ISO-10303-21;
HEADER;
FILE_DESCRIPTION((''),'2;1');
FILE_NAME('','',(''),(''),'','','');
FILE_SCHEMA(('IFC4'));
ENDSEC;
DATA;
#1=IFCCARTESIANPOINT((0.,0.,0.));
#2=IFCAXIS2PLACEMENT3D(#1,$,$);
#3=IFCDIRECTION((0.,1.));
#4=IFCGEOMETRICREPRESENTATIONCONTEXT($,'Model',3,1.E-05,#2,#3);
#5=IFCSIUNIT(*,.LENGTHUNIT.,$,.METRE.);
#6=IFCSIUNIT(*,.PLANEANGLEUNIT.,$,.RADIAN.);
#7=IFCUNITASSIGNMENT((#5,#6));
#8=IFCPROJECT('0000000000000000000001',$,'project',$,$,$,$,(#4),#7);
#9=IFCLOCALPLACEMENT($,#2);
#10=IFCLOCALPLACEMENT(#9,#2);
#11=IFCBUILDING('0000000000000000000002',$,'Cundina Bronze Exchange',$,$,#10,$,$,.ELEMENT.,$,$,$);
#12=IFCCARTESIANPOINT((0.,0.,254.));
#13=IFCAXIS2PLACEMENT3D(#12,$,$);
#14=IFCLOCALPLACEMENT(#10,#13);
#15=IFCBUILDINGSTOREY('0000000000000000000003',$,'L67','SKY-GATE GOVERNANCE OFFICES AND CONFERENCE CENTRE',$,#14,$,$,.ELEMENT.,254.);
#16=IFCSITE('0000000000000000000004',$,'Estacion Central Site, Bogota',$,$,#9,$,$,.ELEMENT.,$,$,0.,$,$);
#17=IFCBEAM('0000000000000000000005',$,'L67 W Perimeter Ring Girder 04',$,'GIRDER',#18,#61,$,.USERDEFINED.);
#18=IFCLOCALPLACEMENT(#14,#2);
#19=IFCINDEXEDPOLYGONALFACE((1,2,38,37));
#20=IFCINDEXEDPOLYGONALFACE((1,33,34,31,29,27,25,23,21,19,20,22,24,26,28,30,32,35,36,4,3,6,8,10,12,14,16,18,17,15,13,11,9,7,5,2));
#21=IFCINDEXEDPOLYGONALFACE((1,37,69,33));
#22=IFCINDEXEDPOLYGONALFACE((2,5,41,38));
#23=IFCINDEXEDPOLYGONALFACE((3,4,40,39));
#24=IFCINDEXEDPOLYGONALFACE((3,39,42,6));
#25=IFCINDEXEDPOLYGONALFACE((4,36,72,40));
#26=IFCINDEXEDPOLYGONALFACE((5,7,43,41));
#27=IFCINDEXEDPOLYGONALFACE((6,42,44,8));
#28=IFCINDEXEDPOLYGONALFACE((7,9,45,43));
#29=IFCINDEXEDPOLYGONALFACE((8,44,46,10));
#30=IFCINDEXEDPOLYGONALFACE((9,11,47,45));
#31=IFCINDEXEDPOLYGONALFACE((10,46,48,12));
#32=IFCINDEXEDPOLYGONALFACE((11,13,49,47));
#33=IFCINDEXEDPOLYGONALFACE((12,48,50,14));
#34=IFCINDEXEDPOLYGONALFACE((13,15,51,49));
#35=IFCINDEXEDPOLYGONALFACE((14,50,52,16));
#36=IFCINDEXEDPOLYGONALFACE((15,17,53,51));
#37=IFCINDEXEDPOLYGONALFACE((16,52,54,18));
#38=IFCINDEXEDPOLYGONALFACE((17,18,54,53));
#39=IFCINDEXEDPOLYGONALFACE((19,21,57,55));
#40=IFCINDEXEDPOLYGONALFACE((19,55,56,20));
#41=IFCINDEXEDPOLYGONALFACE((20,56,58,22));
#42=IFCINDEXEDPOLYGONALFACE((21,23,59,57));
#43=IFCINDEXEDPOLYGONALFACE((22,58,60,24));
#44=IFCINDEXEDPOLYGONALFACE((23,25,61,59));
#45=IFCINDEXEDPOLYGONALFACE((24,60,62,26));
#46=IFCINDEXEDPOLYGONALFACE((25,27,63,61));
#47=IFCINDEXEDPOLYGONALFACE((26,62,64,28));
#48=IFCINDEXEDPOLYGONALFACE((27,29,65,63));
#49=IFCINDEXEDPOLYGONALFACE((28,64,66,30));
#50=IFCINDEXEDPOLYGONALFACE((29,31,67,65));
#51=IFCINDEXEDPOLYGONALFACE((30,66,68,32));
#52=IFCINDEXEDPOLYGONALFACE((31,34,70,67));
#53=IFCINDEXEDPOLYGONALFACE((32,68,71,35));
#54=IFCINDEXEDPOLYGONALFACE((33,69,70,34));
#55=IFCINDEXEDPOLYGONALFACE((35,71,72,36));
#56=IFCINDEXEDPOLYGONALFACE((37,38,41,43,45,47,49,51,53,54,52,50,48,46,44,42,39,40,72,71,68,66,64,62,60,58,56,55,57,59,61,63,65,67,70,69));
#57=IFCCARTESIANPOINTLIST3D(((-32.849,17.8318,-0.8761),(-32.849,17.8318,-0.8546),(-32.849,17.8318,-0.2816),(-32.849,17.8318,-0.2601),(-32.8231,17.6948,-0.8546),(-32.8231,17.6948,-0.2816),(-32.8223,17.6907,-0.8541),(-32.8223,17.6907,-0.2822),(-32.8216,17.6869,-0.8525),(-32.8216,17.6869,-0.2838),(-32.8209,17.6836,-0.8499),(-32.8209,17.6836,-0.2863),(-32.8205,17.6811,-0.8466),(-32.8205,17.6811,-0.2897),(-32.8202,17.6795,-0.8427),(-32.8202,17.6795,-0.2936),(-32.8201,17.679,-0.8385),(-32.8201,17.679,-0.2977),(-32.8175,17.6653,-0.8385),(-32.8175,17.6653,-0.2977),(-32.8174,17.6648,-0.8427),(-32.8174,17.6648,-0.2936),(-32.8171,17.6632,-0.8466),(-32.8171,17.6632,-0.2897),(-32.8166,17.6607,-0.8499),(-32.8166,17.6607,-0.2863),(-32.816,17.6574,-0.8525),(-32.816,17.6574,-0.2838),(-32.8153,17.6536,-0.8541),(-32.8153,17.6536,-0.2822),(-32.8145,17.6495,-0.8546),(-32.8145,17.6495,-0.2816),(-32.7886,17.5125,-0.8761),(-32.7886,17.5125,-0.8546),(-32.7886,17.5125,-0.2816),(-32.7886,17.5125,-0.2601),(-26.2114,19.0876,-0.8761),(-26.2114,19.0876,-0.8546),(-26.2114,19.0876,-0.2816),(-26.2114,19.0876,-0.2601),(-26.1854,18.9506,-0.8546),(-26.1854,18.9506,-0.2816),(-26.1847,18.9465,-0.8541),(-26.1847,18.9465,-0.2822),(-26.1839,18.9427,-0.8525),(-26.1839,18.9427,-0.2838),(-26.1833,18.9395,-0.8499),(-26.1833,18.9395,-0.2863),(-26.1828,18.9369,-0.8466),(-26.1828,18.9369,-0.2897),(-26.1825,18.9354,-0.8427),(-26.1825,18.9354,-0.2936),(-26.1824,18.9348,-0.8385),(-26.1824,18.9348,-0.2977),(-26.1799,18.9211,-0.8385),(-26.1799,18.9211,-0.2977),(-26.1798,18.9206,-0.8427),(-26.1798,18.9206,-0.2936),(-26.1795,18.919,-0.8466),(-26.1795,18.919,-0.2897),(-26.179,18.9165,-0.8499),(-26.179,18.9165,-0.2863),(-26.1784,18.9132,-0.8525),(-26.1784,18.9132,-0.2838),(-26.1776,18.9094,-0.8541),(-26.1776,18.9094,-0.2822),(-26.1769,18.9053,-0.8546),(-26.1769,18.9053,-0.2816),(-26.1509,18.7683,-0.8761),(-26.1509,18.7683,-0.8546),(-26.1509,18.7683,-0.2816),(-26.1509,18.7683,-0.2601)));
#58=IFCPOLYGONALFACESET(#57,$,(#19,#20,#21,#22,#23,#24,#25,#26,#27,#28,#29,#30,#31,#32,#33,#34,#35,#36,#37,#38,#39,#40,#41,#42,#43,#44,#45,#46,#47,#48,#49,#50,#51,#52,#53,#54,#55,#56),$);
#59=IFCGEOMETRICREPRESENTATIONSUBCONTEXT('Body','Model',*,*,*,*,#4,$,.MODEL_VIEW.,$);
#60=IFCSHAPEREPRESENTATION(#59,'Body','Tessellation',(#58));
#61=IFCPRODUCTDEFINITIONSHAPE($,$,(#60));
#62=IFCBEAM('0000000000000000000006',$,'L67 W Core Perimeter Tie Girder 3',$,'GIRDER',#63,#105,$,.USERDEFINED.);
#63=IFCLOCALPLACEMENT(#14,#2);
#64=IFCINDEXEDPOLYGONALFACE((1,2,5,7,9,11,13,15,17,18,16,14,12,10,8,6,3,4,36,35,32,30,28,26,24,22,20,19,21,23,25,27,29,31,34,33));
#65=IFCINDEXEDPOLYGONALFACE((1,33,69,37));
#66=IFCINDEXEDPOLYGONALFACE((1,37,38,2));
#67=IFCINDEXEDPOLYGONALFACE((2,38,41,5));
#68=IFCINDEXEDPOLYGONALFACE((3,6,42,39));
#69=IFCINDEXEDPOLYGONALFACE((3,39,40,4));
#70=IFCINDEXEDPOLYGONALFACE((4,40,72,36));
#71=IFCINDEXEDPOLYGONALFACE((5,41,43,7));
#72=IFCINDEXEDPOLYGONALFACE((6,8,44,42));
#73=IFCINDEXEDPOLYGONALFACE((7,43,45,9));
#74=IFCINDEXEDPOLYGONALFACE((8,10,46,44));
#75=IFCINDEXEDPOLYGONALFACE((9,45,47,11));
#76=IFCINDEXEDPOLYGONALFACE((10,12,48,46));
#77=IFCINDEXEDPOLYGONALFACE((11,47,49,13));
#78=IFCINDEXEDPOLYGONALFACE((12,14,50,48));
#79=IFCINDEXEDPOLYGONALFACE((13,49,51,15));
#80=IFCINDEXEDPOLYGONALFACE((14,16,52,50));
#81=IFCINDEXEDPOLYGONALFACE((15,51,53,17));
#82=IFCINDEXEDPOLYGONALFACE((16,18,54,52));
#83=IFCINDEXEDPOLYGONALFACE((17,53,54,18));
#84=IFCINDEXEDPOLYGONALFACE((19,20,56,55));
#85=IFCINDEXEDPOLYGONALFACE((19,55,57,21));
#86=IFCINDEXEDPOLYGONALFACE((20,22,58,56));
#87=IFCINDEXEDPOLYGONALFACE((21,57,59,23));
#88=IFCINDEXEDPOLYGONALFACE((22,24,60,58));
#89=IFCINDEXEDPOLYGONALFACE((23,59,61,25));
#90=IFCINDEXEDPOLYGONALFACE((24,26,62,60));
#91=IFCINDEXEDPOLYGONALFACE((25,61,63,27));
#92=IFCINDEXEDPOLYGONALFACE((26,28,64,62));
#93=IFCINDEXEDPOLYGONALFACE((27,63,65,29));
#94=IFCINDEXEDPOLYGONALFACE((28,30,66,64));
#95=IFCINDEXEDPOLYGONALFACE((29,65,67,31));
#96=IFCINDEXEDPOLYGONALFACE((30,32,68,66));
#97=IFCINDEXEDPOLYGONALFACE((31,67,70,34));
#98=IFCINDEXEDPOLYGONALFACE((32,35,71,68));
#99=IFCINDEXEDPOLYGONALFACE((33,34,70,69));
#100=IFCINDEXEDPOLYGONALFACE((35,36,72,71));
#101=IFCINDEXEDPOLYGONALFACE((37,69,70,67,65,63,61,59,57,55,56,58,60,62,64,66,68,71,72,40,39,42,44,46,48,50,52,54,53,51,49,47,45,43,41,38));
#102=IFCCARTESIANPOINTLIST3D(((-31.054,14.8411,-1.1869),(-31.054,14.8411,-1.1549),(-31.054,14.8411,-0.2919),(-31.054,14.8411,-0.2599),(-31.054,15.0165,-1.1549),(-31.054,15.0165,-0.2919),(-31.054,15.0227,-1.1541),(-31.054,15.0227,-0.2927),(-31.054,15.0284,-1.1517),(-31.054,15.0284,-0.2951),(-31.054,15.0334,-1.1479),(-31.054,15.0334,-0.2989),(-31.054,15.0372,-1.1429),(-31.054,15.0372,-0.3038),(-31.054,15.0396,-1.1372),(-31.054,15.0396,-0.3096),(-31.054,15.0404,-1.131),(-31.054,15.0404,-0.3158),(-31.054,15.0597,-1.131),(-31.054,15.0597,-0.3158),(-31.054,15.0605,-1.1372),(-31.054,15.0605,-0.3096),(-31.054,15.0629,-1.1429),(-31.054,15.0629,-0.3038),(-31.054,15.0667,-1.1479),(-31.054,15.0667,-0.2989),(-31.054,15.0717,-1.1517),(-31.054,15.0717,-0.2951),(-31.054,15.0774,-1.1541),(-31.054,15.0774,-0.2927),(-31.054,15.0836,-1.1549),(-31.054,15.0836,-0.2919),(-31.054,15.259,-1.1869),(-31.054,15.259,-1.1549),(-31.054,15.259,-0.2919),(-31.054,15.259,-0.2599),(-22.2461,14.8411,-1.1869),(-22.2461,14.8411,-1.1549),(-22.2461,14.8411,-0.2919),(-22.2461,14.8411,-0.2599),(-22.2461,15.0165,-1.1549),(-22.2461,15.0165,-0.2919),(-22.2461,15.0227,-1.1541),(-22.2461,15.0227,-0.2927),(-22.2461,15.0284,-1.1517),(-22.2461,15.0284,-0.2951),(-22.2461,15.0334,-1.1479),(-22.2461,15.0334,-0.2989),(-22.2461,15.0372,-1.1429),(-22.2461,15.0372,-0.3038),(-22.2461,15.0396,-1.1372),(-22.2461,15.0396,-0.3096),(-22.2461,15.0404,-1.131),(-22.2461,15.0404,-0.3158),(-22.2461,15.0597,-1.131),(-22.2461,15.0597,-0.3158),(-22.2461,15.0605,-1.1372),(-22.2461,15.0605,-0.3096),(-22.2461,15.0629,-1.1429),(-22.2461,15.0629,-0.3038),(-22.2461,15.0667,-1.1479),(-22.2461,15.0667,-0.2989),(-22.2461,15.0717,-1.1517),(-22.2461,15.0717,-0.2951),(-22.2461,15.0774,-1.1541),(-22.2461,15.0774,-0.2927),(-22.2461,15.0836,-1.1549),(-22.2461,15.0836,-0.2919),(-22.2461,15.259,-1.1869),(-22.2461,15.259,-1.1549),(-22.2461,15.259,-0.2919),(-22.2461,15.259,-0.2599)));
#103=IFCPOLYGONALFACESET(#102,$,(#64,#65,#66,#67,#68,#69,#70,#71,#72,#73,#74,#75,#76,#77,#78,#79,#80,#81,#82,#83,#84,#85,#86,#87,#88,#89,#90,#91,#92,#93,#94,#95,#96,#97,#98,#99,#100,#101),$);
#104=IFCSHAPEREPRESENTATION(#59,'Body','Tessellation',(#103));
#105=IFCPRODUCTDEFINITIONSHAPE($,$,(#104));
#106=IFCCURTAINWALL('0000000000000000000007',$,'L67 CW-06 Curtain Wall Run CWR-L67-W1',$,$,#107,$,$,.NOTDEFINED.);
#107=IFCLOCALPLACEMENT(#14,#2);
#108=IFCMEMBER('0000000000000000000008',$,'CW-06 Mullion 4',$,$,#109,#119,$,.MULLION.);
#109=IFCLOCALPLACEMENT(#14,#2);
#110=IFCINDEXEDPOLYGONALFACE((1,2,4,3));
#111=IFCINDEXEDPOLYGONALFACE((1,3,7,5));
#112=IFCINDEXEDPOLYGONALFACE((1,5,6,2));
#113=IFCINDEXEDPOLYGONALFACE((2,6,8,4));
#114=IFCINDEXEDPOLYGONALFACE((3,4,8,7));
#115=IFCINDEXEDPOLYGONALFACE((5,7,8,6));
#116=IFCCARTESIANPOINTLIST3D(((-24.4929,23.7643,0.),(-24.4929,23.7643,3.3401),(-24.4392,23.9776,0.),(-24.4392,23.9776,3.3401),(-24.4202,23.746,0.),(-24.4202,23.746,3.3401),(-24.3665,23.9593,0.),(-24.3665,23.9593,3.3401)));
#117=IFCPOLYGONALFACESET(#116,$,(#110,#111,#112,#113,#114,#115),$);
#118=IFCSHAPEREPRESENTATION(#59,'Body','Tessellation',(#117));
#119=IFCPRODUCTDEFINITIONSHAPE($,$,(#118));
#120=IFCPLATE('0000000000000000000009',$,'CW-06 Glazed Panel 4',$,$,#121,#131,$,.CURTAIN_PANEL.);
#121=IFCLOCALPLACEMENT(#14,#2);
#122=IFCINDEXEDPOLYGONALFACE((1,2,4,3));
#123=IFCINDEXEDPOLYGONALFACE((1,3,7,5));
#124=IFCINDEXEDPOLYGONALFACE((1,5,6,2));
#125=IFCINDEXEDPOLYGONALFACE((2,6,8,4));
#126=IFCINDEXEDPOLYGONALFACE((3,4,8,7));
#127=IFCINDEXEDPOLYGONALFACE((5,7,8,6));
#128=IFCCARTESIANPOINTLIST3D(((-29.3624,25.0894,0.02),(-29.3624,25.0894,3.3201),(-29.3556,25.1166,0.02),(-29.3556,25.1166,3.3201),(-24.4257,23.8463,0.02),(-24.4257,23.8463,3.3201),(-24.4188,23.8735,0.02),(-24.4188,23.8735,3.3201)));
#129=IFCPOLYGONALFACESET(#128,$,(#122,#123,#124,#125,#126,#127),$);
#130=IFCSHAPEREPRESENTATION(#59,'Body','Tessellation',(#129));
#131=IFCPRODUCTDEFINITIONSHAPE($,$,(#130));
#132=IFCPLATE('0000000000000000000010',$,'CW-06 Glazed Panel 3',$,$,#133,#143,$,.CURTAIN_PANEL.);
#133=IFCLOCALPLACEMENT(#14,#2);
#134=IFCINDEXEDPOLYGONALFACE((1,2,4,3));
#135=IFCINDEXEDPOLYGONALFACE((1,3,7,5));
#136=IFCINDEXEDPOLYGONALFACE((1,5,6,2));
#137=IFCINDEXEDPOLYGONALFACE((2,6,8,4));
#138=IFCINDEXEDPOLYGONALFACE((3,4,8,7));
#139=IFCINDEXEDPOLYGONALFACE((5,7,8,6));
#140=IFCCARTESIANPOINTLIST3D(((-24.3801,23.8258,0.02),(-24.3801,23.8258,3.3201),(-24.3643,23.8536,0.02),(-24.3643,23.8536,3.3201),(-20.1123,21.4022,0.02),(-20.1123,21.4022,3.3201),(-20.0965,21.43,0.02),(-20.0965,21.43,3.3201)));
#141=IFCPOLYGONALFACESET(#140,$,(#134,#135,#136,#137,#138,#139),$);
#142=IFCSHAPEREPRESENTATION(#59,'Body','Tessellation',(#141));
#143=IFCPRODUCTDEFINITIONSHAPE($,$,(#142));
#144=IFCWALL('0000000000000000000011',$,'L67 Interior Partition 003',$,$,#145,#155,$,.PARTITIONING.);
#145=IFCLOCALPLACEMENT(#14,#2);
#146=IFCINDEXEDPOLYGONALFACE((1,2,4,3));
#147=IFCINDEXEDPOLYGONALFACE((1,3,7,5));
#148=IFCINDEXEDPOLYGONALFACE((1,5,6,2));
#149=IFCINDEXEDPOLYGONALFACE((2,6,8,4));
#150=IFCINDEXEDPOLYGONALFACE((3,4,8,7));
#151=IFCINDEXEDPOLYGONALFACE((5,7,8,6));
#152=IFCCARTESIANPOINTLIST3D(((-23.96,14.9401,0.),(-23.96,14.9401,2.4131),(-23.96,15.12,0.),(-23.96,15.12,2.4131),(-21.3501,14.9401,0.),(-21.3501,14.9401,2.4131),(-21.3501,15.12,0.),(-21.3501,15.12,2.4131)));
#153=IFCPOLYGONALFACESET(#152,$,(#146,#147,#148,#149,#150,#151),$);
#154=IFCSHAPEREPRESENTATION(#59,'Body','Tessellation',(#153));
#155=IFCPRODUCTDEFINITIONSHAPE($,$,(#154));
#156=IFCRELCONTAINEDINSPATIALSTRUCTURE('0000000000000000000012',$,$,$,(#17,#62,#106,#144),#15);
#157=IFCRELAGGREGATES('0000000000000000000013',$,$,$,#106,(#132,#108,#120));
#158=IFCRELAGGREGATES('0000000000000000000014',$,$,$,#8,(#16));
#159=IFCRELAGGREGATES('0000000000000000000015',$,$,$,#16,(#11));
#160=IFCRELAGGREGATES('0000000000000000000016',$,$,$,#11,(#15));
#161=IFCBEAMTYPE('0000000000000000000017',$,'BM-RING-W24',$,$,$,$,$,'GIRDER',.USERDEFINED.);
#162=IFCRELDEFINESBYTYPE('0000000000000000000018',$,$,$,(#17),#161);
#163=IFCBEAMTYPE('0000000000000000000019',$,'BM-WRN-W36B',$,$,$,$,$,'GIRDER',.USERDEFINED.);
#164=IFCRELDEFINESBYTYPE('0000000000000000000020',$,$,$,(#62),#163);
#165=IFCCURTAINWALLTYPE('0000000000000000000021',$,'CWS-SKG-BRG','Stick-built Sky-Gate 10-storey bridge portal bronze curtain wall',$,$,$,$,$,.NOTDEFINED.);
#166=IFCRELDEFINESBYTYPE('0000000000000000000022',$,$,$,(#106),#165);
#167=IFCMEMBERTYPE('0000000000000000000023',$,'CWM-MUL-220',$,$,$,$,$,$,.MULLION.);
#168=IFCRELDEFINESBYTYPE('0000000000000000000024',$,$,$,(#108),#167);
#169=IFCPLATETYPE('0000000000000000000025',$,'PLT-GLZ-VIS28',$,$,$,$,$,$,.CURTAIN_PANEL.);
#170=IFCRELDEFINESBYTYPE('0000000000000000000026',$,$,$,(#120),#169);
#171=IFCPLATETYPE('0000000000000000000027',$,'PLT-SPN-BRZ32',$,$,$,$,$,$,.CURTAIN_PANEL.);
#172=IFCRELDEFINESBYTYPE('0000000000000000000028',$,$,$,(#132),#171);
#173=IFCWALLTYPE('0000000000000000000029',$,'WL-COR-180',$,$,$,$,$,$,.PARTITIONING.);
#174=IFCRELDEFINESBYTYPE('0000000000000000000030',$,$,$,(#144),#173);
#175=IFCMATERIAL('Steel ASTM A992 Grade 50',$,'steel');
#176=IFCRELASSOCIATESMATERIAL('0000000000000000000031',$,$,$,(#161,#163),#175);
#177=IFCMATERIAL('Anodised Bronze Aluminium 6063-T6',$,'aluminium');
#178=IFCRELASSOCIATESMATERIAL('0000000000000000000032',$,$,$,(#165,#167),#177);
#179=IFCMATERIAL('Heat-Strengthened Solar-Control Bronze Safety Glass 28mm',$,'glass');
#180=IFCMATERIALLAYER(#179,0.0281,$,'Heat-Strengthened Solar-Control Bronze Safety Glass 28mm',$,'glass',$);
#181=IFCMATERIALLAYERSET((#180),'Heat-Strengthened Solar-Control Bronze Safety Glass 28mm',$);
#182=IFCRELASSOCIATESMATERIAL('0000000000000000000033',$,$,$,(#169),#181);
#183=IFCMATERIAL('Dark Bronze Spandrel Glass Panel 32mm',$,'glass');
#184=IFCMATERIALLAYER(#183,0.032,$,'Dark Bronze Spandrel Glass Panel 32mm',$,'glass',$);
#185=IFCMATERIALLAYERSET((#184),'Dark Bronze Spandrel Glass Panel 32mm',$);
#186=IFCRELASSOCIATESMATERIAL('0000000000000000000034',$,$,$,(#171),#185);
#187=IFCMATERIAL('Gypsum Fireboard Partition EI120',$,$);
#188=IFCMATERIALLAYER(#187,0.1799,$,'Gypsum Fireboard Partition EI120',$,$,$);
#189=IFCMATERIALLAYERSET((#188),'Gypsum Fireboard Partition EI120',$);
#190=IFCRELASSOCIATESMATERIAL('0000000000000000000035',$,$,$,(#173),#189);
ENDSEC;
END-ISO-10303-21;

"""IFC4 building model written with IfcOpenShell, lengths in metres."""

from ifc_helpers import new_model, si_unit, direction, frame, frame_2d, origin, origin_2d, place, context, subcontext, project, spatial, rectangle, i_section, extrude, material, layer, layer_set, material_profile, profile_set, type_object, element, aggregate, save


model = new_model("IFC4")

# Units and contexts
model_context = context("Model", 3, precision=1e-05, world=origin(), true_north=direction((0.0, 1.0)))
body_context = subcontext(model_context, "Body", "Model", "MODEL_VIEW")
ifc_project = project(units=[si_unit("LENGTHUNIT", "METRE"), si_unit("PLANEANGLEUNIT", "RADIAN")], contexts=[model_context])

# Site, building, storey
site_placement = place(None, origin())
site = spatial("IfcSite", under=ifc_project, at=site_placement, Name="Estacion Central Site, Bogota", CompositionType="ELEMENT", RefElevation=0.0)
building_placement = place(site_placement, origin())
building = spatial("IfcBuilding", under=site, at=building_placement, Name="Cundina Bronze Exchange", CompositionType="ELEMENT")
storey_placement = place(building_placement, frame((0.0, 0.0, 254.0)))
storey = spatial("IfcBuildingStorey", under=building, at=storey_placement, Name="L67", Description="SKY-GATE GOVERNANCE OFFICES AND CONFERENCE CENTRE", CompositionType="ELEMENT", Elevation=254.0)

# Shared definitions
ifc_material_1 = material(Name="Steel ASTM A992 Grade 50", Category="steel")

# Beams
ifc_material_profile_1 = material_profile(ifc_material_1, i_section(OverallWidth=0.325, OverallDepth=0.616, WebThickness=0.0139, FlangeThickness=0.0215, FilletRadius=0.0161, at=origin_2d()), Name="W24X117", Category="steel")
ifc_profile_set_1 = profile_set([ifc_material_profile_1], Name="Steel ASTM A992 Grade 50")
beam_type_1 = type_object("IfcBeamType", Name="BM-RING-W24", ElementType="GIRDER", PredefinedType="USERDEFINED", material=ifc_profile_set_1)
beam_1_placement = place(storey_placement, frame((-26.1812, 18.928, -0.5681), z_axis=(-0.982568, -0.185903, 0.0), x_axis=(0.185903, -0.982568, 0.0)))
element("IfcBeam", 1, at=beam_1_placement, inside=storey, type_object=beam_type_1, Name="L67 W Perimeter Ring Girder 04", ObjectType="GIRDER", PredefinedType="USERDEFINED", context=body_context, shape_type="SweptSolid", body=[
    extrude(i_section(OverallWidth=0.325, OverallDepth=0.616, WebThickness=0.0139, FlangeThickness=0.0215, FilletRadius=0.0161, at=origin_2d()), origin(), (0.0, 0.0, 1.0), 6.7554),
])
ifc_material_profile_2 = material_profile(ifc_material_1, i_section(OverallWidth=0.418, OverallDepth=0.927, WebThickness=0.0193, FlangeThickness=0.032, FilletRadius=0.0239, at=origin_2d()), Name="W36X231", Category="steel")
ifc_profile_set_2 = profile_set([ifc_material_profile_2], Name="Steel ASTM A992 Grade 50")
beam_type_2 = type_object("IfcBeamType", Name="BM-WRN-W36B", ElementType="GIRDER", PredefinedType="USERDEFINED", material=ifc_profile_set_2)
beam_2_placement = place(storey_placement, frame((-22.2461, 15.05, -0.7234), z_axis=(-1.0, 0.0, 0.0), x_axis=(0.0, -1.0, 0.0)))
element("IfcBeam", 2, at=beam_2_placement, inside=storey, type_object=beam_type_2, Name="L67 W Core Perimeter Tie Girder 3", ObjectType="GIRDER", PredefinedType="USERDEFINED", context=body_context, shape_type="SweptSolid", body=[
    extrude(i_section(OverallWidth=0.418, OverallDepth=0.927, WebThickness=0.0193, FlangeThickness=0.032, FilletRadius=0.0239, at=origin_2d()), origin(), (0.0, 0.0, 1.0), 8.8079),
])

# Curtain wall, member, plates
ifc_material_2 = material(Name="Anodised Bronze Aluminium 6063-T6", Category="aluminium")
curtain_wall_type = type_object("IfcCurtainWallType", Name="CWS-SKG-BRG", Description="Stick-built Sky-Gate 10-storey bridge portal bronze curtain wall", PredefinedType="NOTDEFINED", material=ifc_material_2)
curtain_wall_placement = place(storey_placement, origin())
curtain_wall = element("IfcCurtainWall", 3, at=curtain_wall_placement, inside=storey, type_object=curtain_wall_type, Name="L67 CW-06 Curtain Wall Run CWR-L67-W1", PredefinedType="NOTDEFINED")
ifc_material_profile_3 = material_profile(ifc_material_2, rectangle(XDim=0.075, YDim=0.22, at=origin_2d()), Name="AL75X220", Category="aluminium")
ifc_profile_set_3 = profile_set([ifc_material_profile_3], Name="Anodised Bronze Aluminium 6063-T6")
member_type = type_object("IfcMemberType", Name="CWM-MUL-220", PredefinedType="MULLION", material=ifc_profile_set_3)
member_placement = place(storey_placement, frame((-24.4297, 23.8618, 0.0), z_axis=(0.0, 0.0, 1.0), x_axis=(-0.969744, 0.244123, 0.0)))
member = element("IfcMember", 4, at=member_placement, type_object=member_type, Name="CW-06 Mullion 4", PredefinedType="MULLION", context=body_context, shape_type="SweptSolid", body=[
    extrude(rectangle(XDim=0.075, YDim=0.22, at=origin_2d()), origin(), (0.0, 0.0, 1.0), 3.3401),
])
ifc_material_3 = material(Name="Heat-Strengthened Solar-Control Bronze Safety Glass 28mm", Category="glass")
ifc_layer_1 = layer(ifc_material_3, 0.0281, Name="Heat-Strengthened Solar-Control Bronze Safety Glass 28mm", Category="glass")
ifc_layer_set_1 = layer_set([ifc_layer_1], Name="Heat-Strengthened Solar-Control Bronze Safety Glass 28mm")
plate_type_1 = type_object("IfcPlateType", Name="PLT-GLZ-VIS28", PredefinedType="CURTAIN_PANEL", material=ifc_layer_set_1)
plate_1_placement = place(storey_placement, frame((-26.8906, 24.4814, 0.02), z_axis=(0.0, 0.0, 1.0), x_axis=(-0.969732, 0.244174, 0.0)))
plate_1 = element("IfcPlate", 5, at=plate_1_placement, type_object=plate_type_1, Name="CW-06 Glazed Panel 4", PredefinedType="CURTAIN_PANEL", context=body_context, shape_type="SweptSolid", body=[
    extrude(rectangle(XDim=5.0908, YDim=0.0281, at=origin_2d()), origin(), (0.0, 0.0, 1.0), 3.3),
])
ifc_material_4 = material(Name="Dark Bronze Spandrel Glass Panel 32mm", Category="glass")
ifc_layer_2 = layer(ifc_material_4, 0.032, Name="Dark Bronze Spandrel Glass Panel 32mm", Category="glass")
ifc_layer_set_2 = layer_set([ifc_layer_2], Name="Dark Bronze Spandrel Glass Panel 32mm")
plate_type_2 = type_object("IfcPlateType", Name="PLT-SPN-BRZ32", PredefinedType="CURTAIN_PANEL", material=ifc_layer_set_2)
plate_2_placement = place(storey_placement, frame((-22.2383, 22.6279, 0.02), z_axis=(0.0, 0.0, 1.0), x_axis=(-0.869573, 0.493805, 0.0)))
plate_2 = element("IfcPlate", 6, at=plate_2_placement, type_object=plate_type_2, Name="CW-06 Glazed Panel 3", PredefinedType="CURTAIN_PANEL", context=body_context, shape_type="SweptSolid", body=[
    extrude(rectangle(XDim=4.908, YDim=0.032, at=origin_2d()), origin(), (0.0, 0.0, 1.0), 3.3),
])
aggregate(curtain_wall, [plate_2, member, plate_1])

# Wall
ifc_material_5 = material(Name="Gypsum Fireboard Partition EI120")
ifc_layer_3 = layer(ifc_material_5, 0.1799, Name="Gypsum Fireboard Partition EI120")
ifc_layer_set_3 = layer_set([ifc_layer_3], Name="Gypsum Fireboard Partition EI120")
wall_type_1 = type_object("IfcWallType", Name="WL-COR-180", PredefinedType="PARTITIONING", material=ifc_layer_set_3)
wall_1_placement = place(storey_placement, frame((-23.96, 15.03, 0.0), z_axis=(0.0, 0.0, 1.0), x_axis=(1.0, 0.0, 0.0)))
element("IfcWall", 7, at=wall_1_placement, inside=storey, type_object=wall_type_1, Name="L67 Interior Partition 003", PredefinedType="PARTITIONING", context=body_context, shape_type="SweptSolid", body=[
    extrude(rectangle(XDim=2.6099, YDim=0.1799, at=frame_2d((1.3049, 0.0))), origin(), (0.0, 0.0, 1.0), 2.4131),
])

save(model, "model.ifc")
